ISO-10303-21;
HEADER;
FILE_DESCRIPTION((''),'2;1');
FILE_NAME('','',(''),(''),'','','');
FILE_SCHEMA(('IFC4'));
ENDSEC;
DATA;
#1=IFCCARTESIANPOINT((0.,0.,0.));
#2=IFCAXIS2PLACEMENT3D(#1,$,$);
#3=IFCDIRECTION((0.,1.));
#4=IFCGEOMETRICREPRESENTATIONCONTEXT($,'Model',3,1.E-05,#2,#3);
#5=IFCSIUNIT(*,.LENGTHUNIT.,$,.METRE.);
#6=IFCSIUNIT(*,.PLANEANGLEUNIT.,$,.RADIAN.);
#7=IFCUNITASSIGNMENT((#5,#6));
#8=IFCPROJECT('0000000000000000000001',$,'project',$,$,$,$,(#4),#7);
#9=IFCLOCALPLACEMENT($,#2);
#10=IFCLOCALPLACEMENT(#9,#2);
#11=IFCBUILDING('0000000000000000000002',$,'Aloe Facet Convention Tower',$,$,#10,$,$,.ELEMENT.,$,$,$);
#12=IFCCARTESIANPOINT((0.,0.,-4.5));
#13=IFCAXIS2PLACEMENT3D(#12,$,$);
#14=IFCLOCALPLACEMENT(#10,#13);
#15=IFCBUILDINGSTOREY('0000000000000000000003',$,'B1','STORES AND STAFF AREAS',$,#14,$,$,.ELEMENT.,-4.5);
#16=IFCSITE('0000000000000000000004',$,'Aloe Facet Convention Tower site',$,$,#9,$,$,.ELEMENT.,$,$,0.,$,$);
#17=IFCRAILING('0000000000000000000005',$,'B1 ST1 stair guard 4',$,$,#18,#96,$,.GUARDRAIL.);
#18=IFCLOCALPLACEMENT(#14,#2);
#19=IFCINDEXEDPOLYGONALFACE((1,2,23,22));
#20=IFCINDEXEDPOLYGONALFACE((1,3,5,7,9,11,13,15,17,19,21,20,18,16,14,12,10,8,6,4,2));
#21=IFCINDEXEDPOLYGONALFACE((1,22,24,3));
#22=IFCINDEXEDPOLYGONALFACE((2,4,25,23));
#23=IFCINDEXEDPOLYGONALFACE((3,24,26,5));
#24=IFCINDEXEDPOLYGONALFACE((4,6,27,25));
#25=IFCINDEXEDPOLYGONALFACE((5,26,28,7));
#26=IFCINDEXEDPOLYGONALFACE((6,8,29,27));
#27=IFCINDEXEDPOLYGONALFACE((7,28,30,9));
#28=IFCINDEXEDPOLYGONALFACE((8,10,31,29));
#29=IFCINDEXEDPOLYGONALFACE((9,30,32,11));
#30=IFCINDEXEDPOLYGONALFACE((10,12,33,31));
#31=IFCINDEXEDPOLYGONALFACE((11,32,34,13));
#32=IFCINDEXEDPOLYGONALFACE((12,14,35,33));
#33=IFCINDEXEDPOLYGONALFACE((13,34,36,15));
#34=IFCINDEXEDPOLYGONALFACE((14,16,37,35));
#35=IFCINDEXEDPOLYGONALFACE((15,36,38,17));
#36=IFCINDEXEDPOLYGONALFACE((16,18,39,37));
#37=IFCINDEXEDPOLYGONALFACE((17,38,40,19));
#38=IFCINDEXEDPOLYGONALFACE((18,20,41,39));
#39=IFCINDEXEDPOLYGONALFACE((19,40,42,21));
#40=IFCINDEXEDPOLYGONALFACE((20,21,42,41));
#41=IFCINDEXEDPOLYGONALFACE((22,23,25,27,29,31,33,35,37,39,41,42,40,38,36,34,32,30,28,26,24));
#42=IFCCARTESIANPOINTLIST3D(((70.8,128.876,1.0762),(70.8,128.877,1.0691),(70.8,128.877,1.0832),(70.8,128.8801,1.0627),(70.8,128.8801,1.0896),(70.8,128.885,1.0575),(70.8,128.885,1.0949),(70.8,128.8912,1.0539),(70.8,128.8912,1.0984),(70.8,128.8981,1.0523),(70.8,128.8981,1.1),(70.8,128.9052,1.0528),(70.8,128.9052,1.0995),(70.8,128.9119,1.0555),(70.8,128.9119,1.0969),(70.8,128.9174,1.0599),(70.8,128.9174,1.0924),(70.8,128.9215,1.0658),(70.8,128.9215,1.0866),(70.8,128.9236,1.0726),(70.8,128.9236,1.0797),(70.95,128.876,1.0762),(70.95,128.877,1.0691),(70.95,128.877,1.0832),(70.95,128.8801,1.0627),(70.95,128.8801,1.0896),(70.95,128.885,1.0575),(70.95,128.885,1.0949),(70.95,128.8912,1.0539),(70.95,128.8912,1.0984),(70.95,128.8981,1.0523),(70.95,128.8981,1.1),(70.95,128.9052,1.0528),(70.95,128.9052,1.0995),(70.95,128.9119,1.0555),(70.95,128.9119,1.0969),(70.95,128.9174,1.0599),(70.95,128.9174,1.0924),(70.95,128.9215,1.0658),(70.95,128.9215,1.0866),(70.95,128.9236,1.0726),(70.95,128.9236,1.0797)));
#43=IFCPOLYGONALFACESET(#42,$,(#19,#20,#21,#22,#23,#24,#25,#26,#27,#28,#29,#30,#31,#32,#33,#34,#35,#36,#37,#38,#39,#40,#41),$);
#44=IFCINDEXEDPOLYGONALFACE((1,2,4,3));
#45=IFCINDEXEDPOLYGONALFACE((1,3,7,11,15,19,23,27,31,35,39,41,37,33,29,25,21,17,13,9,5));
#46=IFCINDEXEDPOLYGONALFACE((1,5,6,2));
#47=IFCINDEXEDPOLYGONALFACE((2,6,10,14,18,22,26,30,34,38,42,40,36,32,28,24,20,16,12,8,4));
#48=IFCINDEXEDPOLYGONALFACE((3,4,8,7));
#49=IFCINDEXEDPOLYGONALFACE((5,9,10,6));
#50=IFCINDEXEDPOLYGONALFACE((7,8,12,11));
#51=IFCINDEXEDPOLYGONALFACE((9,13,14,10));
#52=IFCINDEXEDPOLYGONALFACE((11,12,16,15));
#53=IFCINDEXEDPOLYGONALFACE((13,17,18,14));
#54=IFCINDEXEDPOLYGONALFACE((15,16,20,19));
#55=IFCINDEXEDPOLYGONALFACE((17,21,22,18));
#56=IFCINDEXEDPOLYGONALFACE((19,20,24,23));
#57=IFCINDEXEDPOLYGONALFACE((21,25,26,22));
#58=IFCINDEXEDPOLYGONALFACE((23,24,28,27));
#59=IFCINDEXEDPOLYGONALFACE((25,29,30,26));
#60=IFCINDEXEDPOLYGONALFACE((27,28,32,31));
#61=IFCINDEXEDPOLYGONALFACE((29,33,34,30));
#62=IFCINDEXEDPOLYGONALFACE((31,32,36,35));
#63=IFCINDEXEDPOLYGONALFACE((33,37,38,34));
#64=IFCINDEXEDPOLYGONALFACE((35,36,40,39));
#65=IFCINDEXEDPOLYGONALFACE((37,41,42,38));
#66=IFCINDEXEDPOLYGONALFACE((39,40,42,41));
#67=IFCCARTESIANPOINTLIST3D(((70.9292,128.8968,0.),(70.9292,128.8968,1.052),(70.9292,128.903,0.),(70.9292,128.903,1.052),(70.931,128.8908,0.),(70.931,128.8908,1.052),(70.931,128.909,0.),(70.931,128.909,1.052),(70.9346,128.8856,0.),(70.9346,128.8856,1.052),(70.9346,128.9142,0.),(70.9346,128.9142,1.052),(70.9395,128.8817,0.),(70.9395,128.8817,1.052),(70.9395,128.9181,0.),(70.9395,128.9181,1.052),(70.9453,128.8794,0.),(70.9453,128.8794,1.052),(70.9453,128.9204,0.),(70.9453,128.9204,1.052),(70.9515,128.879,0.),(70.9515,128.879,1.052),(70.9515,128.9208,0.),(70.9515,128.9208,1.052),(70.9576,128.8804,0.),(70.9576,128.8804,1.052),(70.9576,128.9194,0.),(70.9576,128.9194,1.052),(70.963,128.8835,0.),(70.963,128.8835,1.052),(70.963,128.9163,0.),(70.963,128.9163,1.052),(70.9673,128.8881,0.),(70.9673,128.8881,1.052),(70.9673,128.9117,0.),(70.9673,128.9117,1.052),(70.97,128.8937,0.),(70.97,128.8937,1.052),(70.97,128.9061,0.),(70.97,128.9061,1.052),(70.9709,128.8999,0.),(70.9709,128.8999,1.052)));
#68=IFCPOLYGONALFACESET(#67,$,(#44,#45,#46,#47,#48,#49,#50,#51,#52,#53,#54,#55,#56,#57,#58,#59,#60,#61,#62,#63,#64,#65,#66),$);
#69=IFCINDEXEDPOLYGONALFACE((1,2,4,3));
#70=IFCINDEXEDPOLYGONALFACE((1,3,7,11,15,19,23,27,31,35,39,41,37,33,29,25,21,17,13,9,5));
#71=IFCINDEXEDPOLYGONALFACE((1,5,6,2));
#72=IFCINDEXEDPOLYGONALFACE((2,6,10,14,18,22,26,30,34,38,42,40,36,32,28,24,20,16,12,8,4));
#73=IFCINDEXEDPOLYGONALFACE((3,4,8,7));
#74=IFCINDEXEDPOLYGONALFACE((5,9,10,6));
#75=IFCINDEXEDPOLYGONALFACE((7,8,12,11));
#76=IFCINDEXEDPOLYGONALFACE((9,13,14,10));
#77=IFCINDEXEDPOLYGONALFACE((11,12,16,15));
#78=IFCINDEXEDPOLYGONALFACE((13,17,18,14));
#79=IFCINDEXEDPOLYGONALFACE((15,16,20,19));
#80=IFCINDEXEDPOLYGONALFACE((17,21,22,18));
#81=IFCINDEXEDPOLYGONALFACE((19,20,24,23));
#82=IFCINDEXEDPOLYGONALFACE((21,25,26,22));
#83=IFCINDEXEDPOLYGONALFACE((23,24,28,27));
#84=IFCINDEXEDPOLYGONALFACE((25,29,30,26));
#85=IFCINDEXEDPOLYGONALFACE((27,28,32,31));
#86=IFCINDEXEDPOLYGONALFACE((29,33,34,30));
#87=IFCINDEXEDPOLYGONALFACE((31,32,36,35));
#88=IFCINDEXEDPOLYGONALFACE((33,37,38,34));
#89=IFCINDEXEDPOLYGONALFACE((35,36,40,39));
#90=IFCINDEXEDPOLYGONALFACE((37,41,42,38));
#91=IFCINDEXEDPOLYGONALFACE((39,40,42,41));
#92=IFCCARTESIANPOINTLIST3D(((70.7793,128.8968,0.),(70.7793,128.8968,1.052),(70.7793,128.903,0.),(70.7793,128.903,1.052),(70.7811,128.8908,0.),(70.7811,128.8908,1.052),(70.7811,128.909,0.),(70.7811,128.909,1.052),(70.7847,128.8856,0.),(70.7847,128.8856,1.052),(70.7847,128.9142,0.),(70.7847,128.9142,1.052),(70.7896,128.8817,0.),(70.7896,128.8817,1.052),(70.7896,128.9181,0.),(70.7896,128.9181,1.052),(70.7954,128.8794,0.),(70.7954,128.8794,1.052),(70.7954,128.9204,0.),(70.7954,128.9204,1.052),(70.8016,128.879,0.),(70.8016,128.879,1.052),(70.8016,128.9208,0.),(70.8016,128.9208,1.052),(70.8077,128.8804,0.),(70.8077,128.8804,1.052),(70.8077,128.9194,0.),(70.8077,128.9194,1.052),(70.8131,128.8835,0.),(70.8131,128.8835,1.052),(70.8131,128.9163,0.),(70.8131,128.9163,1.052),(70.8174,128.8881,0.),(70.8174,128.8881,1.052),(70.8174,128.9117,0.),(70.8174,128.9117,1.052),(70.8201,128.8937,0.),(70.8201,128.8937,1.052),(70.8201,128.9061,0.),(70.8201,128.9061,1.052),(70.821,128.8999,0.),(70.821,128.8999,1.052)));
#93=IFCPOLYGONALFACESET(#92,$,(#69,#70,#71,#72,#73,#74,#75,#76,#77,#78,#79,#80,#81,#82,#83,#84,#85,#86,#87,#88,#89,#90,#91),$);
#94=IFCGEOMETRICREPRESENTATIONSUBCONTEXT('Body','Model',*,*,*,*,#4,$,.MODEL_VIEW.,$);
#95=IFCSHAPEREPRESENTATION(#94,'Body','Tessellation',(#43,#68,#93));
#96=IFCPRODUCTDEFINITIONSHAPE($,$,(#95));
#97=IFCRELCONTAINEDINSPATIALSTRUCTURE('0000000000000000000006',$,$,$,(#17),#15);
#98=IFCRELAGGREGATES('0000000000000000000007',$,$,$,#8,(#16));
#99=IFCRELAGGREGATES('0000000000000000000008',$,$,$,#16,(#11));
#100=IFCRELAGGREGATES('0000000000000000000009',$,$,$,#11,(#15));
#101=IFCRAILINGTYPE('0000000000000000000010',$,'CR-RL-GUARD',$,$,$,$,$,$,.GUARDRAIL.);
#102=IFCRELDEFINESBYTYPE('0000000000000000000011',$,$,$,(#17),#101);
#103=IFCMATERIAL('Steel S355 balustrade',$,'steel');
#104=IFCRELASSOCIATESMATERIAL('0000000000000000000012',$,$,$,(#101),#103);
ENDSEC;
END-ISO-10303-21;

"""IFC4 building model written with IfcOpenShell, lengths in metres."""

from ifc_helpers import new_model, si_unit, direction, frame, origin, origin_2d, place, context, subcontext, project, spatial, circle, extrude, material, type_object, element, save


model = new_model("IFC4")

# Units and contexts
model_context = context("Model", 3, precision=1e-05, world=origin(), true_north=direction((0.0, 1.0)))
body_context = subcontext(model_context, "Body", "Model", "MODEL_VIEW")
ifc_project = project(units=[si_unit("LENGTHUNIT", "METRE"), si_unit("PLANEANGLEUNIT", "RADIAN")], contexts=[model_context])

# Site, building, storey
site_placement = place(None, origin())
site = spatial("IfcSite", under=ifc_project, at=site_placement, Name="Aloe Facet Convention Tower site", CompositionType="ELEMENT", RefElevation=0.0)
building_placement = place(site_placement, origin())
building = spatial("IfcBuilding", under=site, at=building_placement, Name="Aloe Facet Convention Tower", CompositionType="ELEMENT")
storey_placement = place(building_placement, frame((0.0, 0.0, -4.5)))
storey = spatial("IfcBuildingStorey", under=building, at=storey_placement, Name="B1", Description="STORES AND STAFF AREAS", CompositionType="ELEMENT", Elevation=-4.5)

# Railing
ifc_material_1 = material(Name="Steel S355 balustrade", Category="steel")
railing_type_1 = type_object("IfcRailingType", Name="CR-RL-GUARD", PredefinedType="GUARDRAIL", material=ifc_material_1)
railing_1_placement = place(storey_placement, frame((70.95, 128.8999, 0.0)))
element("IfcRailing", 1, at=railing_1_placement, inside=storey, type_object=railing_type_1, Name="B1 ST1 stair guard 4", PredefinedType="GUARDRAIL", context=body_context, shape_type="SweptSolid", body=[
    extrude(circle(Radius=0.0239, at=origin_2d()), frame((0.0, 0.0, 1.0762), z_axis=(-1.0, 0.0, 0.0), x_axis=(0.0, -1.0, 0.0)), (0.0, 0.0, 1.0), 0.1499),
    extrude(circle(Radius=0.021, at=origin_2d()), origin(), (0.0, 0.0, 1.0), 1.052),
    extrude(circle(Radius=0.021, at=origin_2d()), frame((-0.1499, 0.0, 0.0)), (0.0, 0.0, 1.0), 1.052),
])

save(model, "model.ifc")
